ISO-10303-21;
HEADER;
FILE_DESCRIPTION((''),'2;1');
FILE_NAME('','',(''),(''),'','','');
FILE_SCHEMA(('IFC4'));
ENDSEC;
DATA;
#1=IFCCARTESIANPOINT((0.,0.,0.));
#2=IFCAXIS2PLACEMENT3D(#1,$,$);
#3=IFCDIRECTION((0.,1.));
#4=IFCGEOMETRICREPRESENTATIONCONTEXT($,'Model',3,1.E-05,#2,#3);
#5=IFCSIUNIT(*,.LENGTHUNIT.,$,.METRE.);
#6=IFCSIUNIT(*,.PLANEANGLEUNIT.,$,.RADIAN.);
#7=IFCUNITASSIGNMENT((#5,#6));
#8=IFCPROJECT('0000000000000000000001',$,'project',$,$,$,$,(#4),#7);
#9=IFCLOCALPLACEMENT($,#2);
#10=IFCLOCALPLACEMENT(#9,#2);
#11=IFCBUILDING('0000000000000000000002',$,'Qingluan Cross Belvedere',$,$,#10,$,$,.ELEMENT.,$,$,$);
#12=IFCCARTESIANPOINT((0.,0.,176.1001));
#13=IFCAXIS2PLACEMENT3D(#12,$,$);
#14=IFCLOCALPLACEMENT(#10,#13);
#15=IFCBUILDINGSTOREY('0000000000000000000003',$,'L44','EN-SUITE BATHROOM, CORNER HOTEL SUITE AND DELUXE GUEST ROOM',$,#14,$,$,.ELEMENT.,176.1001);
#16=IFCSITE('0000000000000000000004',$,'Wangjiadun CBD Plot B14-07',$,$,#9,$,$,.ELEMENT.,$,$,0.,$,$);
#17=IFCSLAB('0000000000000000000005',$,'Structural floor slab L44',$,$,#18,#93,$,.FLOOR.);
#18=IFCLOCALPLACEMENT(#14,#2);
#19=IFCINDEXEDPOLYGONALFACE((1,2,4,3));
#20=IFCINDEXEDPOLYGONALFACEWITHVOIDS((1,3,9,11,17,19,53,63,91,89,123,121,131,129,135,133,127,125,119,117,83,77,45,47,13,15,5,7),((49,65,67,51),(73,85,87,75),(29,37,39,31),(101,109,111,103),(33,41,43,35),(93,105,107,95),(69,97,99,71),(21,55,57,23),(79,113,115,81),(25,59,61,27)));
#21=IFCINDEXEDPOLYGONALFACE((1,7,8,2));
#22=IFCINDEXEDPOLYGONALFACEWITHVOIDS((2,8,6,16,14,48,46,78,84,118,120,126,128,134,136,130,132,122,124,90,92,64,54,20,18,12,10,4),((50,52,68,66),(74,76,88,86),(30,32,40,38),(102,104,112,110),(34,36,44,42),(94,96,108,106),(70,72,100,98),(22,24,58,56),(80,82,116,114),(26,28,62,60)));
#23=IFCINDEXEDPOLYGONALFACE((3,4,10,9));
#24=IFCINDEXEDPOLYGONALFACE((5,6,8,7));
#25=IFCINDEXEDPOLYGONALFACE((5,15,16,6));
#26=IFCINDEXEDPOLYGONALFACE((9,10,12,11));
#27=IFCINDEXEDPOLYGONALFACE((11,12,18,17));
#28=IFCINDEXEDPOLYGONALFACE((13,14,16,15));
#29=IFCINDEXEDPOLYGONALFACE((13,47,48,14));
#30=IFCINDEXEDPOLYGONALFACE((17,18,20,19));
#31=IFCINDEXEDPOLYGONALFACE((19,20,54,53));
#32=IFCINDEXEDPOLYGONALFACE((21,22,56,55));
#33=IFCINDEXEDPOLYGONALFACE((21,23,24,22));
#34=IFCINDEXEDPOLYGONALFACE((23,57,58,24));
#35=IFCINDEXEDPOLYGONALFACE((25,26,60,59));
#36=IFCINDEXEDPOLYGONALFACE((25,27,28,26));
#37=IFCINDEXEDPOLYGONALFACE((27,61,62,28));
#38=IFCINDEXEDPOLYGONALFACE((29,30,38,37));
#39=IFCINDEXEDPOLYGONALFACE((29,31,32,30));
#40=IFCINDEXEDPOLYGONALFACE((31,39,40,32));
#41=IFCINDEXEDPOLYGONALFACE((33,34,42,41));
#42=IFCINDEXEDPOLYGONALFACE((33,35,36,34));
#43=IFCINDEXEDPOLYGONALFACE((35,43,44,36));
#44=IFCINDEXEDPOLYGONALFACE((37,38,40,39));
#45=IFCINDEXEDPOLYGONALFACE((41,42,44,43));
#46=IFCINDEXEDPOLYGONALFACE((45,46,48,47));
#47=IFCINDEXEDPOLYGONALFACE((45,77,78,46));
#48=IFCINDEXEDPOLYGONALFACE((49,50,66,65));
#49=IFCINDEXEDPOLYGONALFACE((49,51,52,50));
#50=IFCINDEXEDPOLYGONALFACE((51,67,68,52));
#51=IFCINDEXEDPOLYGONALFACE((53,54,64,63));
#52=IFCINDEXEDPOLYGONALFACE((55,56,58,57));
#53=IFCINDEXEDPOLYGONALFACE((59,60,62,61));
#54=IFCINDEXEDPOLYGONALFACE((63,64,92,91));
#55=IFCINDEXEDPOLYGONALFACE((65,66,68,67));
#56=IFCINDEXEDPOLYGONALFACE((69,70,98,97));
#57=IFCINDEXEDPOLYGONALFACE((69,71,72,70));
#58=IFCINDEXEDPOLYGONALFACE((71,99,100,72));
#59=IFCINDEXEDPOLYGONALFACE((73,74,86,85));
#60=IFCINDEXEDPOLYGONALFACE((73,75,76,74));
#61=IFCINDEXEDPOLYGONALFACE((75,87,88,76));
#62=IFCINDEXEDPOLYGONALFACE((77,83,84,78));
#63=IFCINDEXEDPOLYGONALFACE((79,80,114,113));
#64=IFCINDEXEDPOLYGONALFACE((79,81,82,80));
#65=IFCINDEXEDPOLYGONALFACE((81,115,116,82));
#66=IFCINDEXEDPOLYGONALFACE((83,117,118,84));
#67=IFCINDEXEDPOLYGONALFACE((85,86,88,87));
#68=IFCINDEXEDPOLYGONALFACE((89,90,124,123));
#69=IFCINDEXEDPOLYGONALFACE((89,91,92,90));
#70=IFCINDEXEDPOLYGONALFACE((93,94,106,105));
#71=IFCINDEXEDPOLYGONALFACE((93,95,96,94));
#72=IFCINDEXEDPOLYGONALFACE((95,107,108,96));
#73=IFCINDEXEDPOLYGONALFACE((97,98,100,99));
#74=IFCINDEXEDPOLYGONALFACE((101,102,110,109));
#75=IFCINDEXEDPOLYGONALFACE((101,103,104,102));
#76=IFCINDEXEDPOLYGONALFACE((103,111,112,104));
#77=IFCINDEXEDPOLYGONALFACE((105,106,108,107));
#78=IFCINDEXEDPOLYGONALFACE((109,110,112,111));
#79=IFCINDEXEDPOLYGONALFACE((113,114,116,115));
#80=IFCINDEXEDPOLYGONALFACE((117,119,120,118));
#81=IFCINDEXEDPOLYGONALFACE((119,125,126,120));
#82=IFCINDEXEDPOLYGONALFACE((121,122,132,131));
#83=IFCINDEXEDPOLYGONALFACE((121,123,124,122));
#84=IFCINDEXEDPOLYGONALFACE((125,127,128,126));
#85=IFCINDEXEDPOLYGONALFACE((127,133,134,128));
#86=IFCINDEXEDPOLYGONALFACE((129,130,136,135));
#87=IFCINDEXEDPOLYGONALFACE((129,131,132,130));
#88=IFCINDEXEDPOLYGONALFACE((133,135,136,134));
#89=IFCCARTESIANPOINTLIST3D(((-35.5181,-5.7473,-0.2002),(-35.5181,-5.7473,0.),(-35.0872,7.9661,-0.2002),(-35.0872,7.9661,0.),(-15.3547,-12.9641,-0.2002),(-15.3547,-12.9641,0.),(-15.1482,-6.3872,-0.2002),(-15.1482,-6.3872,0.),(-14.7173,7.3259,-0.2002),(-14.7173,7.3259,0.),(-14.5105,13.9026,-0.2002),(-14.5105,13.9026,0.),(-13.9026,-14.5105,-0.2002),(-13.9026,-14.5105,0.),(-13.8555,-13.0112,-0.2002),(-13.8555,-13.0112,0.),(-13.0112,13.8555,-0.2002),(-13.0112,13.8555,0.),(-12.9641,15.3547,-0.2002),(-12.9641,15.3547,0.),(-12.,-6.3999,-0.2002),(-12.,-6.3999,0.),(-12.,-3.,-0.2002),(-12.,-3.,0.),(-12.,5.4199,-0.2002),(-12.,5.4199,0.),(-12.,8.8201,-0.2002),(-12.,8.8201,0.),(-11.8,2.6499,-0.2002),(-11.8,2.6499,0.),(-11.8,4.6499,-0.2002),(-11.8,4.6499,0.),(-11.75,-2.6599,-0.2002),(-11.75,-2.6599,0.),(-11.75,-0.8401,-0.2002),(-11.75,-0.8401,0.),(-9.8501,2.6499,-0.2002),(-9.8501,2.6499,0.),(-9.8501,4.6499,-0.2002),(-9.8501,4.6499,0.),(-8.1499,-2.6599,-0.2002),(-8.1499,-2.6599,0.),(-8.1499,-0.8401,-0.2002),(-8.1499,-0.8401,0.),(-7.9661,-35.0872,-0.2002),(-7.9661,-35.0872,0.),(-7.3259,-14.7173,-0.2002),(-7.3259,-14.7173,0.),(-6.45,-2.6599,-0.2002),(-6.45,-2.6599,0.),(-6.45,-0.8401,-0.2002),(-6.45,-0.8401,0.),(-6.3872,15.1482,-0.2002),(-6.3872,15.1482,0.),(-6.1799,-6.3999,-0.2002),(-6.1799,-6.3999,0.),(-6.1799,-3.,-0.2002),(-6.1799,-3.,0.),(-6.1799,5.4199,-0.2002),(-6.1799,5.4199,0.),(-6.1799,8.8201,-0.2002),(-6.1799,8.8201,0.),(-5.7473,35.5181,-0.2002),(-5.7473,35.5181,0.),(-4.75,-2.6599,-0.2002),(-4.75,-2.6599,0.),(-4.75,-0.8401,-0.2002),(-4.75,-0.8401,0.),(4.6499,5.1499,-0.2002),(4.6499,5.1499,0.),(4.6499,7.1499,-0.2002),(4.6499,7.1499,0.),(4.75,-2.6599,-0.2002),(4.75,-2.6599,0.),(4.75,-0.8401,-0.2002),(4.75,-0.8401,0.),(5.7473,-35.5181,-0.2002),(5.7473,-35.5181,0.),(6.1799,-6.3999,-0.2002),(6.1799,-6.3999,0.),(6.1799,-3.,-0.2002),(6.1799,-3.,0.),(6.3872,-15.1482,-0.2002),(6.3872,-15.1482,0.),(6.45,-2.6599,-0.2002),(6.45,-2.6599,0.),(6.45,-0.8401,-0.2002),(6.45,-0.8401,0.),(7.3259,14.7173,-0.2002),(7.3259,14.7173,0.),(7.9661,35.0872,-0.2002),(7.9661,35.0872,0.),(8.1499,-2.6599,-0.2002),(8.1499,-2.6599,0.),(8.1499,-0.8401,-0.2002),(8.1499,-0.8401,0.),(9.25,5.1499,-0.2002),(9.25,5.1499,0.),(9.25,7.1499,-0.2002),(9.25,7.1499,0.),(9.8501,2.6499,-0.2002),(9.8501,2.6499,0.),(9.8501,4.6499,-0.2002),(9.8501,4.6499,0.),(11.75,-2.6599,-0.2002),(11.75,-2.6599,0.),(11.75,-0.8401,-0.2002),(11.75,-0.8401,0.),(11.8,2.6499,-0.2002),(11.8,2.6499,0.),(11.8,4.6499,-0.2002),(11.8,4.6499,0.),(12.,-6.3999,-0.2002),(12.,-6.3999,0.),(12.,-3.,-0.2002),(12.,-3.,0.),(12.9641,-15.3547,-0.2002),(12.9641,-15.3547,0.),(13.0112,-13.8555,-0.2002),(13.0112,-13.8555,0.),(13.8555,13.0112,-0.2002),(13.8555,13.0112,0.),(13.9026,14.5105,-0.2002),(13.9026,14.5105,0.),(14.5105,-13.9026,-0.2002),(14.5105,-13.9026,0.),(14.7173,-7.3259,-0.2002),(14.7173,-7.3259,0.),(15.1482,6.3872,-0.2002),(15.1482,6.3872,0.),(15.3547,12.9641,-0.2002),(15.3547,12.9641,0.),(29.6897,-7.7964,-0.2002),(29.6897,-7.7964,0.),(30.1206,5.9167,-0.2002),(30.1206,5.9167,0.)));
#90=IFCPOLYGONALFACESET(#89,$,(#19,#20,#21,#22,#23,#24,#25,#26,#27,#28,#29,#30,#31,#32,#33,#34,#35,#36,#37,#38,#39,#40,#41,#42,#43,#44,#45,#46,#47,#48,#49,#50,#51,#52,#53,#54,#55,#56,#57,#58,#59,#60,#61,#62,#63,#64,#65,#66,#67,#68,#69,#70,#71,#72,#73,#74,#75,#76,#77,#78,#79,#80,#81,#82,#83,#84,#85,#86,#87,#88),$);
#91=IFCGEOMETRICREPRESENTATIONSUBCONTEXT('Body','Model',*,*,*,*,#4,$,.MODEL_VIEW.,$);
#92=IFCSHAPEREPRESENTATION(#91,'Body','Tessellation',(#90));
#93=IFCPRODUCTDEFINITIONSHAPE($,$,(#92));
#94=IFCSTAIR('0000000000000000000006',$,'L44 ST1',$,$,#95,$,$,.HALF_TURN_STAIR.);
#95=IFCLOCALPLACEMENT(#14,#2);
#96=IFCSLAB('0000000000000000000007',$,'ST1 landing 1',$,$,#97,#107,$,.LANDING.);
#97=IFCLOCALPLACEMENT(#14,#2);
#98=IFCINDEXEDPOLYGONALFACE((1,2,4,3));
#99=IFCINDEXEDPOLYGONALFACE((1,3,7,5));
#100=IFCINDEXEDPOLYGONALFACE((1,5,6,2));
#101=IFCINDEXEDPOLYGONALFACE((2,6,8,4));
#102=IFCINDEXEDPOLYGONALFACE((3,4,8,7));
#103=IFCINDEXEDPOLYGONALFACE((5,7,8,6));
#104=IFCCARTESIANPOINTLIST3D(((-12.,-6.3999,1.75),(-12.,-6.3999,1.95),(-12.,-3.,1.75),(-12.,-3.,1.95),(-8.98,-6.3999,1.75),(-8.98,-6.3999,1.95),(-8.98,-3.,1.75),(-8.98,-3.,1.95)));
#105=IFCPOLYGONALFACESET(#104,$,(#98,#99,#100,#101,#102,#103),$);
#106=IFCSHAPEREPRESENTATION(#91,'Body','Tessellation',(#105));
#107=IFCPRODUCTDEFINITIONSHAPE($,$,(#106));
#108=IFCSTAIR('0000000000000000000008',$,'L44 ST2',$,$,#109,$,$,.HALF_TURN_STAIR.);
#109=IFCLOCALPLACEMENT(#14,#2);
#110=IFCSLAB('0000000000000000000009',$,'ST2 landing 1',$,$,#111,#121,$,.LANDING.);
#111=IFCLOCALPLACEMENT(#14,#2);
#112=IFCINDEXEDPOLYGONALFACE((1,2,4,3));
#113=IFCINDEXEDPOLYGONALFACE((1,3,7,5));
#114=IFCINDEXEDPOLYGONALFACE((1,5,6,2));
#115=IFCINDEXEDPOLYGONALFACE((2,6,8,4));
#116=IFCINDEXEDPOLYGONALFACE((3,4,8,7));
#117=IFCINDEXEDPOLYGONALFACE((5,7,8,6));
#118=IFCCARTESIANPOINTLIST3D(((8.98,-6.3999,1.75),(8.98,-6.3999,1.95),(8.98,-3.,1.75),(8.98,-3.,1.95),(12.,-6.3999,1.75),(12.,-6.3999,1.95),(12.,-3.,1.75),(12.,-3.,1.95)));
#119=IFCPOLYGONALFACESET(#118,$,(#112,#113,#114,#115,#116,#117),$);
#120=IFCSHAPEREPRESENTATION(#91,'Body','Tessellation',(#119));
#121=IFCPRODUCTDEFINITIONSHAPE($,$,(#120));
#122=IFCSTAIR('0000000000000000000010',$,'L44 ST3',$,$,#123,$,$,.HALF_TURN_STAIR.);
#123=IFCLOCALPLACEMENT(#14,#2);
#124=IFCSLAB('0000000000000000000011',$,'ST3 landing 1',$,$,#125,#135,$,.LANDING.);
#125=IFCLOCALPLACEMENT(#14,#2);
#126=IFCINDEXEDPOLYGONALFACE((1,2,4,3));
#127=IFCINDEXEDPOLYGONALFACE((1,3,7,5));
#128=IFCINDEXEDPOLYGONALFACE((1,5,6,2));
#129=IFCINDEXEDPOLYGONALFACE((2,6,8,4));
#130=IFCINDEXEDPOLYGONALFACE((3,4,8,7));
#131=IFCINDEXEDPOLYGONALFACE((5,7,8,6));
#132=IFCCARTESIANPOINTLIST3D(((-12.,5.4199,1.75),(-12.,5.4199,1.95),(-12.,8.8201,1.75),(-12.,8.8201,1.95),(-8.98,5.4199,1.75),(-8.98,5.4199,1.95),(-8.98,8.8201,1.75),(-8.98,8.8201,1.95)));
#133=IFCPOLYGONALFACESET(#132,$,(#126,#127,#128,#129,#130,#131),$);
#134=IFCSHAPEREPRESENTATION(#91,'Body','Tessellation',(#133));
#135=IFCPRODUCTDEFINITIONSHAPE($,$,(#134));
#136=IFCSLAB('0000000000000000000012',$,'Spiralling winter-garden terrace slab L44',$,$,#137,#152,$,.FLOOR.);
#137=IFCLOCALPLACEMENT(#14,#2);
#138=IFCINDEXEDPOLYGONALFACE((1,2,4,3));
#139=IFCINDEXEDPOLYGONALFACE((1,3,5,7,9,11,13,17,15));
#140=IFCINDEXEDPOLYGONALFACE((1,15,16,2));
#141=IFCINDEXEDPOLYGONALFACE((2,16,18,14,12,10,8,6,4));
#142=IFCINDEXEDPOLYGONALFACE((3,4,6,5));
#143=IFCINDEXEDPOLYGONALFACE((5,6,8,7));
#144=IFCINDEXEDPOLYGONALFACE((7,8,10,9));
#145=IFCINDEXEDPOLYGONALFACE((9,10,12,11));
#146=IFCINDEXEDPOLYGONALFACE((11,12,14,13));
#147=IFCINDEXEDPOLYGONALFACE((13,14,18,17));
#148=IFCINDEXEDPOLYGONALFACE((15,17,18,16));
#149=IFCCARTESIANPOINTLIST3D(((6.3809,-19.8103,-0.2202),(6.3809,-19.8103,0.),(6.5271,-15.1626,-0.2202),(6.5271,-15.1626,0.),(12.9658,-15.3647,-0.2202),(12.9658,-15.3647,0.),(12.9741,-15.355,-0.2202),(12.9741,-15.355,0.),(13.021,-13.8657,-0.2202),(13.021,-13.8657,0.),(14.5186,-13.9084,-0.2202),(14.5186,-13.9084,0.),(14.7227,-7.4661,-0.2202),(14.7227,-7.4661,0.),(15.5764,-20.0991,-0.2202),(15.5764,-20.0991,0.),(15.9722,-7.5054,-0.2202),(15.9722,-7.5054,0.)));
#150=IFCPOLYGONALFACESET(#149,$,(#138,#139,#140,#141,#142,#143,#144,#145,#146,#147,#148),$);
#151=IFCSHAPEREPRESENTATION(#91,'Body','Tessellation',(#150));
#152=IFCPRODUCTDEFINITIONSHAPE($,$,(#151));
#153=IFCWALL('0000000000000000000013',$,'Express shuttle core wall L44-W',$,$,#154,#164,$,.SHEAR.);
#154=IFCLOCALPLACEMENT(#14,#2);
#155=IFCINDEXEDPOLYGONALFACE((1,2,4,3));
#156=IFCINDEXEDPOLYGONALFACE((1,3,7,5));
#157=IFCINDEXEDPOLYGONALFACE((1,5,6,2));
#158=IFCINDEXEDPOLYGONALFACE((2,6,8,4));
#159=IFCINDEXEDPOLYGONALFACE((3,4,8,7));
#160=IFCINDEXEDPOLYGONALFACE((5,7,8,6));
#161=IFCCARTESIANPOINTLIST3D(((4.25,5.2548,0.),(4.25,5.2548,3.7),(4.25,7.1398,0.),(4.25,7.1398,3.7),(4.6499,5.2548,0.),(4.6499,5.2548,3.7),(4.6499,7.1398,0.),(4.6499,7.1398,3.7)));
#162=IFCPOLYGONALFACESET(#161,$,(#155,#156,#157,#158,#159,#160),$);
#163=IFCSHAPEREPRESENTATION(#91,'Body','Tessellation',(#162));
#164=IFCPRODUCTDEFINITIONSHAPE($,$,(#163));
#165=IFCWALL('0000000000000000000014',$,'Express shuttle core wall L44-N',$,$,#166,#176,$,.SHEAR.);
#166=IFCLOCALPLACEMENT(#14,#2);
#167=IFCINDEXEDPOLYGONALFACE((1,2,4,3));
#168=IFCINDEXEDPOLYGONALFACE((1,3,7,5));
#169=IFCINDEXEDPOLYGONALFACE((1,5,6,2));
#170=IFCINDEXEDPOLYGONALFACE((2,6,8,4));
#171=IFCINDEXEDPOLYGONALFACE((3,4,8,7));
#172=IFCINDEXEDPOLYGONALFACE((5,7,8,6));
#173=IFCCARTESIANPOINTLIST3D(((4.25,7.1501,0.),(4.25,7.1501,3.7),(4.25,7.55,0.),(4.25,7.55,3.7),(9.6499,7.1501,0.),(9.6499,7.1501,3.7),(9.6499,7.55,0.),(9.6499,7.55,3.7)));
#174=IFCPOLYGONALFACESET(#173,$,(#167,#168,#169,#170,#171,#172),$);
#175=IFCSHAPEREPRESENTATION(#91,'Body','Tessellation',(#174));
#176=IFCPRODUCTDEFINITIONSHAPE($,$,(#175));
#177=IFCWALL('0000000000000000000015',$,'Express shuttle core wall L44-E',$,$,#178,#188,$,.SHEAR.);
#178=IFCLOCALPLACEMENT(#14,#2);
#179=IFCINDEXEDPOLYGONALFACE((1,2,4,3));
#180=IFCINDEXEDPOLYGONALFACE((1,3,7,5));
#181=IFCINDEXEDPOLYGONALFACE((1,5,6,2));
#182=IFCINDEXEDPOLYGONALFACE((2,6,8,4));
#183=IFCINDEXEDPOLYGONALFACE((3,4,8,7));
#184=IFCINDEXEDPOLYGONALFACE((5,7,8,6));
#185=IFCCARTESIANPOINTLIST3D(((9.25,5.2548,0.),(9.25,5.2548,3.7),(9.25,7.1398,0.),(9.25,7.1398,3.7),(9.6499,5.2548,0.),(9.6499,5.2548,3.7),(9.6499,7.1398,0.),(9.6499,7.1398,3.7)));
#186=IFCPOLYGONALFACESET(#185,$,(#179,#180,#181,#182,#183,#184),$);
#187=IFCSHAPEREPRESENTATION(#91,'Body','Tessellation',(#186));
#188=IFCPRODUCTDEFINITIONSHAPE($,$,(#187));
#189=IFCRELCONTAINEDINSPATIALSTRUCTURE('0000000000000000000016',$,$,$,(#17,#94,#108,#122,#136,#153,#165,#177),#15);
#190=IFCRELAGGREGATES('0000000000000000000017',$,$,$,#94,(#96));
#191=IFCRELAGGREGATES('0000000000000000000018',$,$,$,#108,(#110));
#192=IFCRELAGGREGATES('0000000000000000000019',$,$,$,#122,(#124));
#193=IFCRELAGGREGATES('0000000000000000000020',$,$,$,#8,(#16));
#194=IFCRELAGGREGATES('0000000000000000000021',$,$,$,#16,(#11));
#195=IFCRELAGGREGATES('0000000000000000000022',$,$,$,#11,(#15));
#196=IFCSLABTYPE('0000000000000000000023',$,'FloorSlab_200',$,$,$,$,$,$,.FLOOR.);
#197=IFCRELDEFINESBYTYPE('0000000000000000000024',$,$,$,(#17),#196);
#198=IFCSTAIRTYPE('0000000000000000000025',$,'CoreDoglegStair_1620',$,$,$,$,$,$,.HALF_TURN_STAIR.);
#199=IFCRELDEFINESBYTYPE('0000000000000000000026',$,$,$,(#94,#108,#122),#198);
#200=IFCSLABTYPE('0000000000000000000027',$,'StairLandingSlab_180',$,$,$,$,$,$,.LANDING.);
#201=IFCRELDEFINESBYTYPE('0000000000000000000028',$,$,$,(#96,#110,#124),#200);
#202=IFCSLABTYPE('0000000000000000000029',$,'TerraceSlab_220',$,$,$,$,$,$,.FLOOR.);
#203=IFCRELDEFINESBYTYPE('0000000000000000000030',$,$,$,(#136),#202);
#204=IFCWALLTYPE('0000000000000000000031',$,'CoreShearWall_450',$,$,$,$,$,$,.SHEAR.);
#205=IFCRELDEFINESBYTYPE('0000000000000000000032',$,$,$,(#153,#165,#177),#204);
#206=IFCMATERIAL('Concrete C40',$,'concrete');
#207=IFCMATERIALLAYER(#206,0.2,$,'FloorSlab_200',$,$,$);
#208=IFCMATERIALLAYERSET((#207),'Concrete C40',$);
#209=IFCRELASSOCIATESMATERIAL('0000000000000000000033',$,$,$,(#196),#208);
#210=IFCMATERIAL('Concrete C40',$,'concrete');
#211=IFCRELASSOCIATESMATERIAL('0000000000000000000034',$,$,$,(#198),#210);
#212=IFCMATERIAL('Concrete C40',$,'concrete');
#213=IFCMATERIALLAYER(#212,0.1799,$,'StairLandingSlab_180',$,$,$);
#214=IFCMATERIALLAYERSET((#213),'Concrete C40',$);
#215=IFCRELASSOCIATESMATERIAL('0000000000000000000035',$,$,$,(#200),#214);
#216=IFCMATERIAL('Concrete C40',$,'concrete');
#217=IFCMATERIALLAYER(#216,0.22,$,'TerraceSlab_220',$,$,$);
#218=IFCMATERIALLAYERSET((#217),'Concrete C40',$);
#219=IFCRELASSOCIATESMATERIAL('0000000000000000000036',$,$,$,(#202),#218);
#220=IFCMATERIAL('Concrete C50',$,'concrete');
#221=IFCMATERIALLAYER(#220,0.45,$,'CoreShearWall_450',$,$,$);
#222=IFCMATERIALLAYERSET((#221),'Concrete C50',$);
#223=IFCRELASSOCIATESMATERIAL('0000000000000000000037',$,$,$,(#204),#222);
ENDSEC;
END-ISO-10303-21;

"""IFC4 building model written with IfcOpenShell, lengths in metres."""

from ifc_helpers import new_model, si_unit, direction, frame, frame_2d, origin, place, context, subcontext, project, spatial, polyline, rectangle, outline, extrude, material, layer, layer_set, type_object, element, aggregate, save


model = new_model("IFC4")

# Units and contexts
model_context = context("Model", 3, precision=1e-05, world=origin(), true_north=direction((0.0, 1.0)))
body_context = subcontext(model_context, "Body", "Model", "MODEL_VIEW")
ifc_project = project(units=[si_unit("LENGTHUNIT", "METRE"), si_unit("PLANEANGLEUNIT", "RADIAN")], contexts=[model_context])

# Site, building, storey
site_placement = place(None, origin())
site = spatial("IfcSite", under=ifc_project, at=site_placement, Name="Wangjiadun CBD Plot B14-07", CompositionType="ELEMENT", RefElevation=0.0)
building_placement = place(site_placement, origin())
building = spatial("IfcBuilding", under=site, at=building_placement, Name="Qingluan Cross Belvedere", CompositionType="ELEMENT")
storey_placement = place(building_placement, frame((0.0, 0.0, 176.1001)))
storey = spatial("IfcBuildingStorey", under=building, at=storey_placement, Name="L44", Description="EN-SUITE BATHROOM, CORNER HOTEL SUITE AND DELUXE GUEST ROOM", CompositionType="ELEMENT", Elevation=176.1001)

# Slab
ifc_material_1 = material(Name="Concrete C40", Category="concrete")
ifc_layer_1 = layer(ifc_material_1, 0.2, Name="FloorSlab_200")
ifc_layer_set_1 = layer_set([ifc_layer_1], Name="Concrete C40")
slab_type_1 = type_object("IfcSlabType", Name="FloorSlab_200", PredefinedType="FLOOR", material=ifc_layer_set_1)
slab_1_placement = place(storey_placement, frame((0.0, 0.0, -0.2002)))
element("IfcSlab", 1, at=slab_1_placement, inside=storey, type_object=slab_type_1, Name="Structural floor slab L44", PredefinedType="FLOOR", context=body_context, shape_type="SweptSolid", body=[
    extrude(outline(polyline([(5.7473, -35.5181), (6.3872, -15.1482), (12.9641, -15.3547), (13.0112, -13.8555), (14.5105, -13.9026), (14.7173, -7.3259), (29.6897, -7.7964), (30.1206, 5.9167), (15.1482, 6.3872), (15.3547, 12.9641), (13.8555, 13.0112), (13.9026, 14.5105), (7.3259, 14.7173), (7.9661, 35.0872), (-5.7473, 35.5181), (-6.3872, 15.1482), (-12.9641, 15.3547), (-13.0112, 13.8555), (-14.5105, 13.9026), (-14.7173, 7.3259), (-35.0872, 7.9661), (-35.5181, -5.7473), (-15.1482, -6.3872), (-15.3547, -12.9641), (-13.8555, -13.0112), (-13.9026, -14.5105), (-7.3259, -14.7173), (-7.9661, -35.0872), (5.7473, -35.5181)]), holes=[polyline([(-12.0, -3.0), (-6.1799, -3.0), (-6.1799, -6.3999), (-12.0, -6.3999), (-12.0, -3.0)]), polyline([(6.1799, -3.0), (12.0, -3.0), (12.0, -6.3999), (6.1799, -6.3999), (6.1799, -3.0)]), polyline([(-12.0, 8.8201), (-6.1799, 8.8201), (-6.1799, 5.4199), (-12.0, 5.4199), (-12.0, 8.8201)]), polyline([(-11.8, 4.6499), (-9.8501, 4.6499), (-9.8501, 2.6499), (-11.8, 2.6499), (-11.8, 4.6499)]), polyline([(9.8501, 4.6499), (11.8, 4.6499), (11.8, 2.6499), (9.8501, 2.6499), (9.8501, 4.6499)]), polyline([(-11.75, -0.8401), (-8.1499, -0.8401), (-8.1499, -2.6599), (-11.75, -2.6599), (-11.75, -0.8401)]), polyline([(-6.45, -0.8401), (-4.75, -0.8401), (-4.75, -2.6599), (-6.45, -2.6599), (-6.45, -0.8401)]), polyline([(4.75, -0.8401), (6.45, -0.8401), (6.45, -2.6599), (4.75, -2.6599), (4.75, -0.8401)]), polyline([(8.1499, -0.8401), (11.75, -0.8401), (11.75, -2.6599), (8.1499, -2.6599), (8.1499, -0.8401)]), polyline([(4.6499, 7.1499), (9.25, 7.1499), (9.25, 5.1499), (4.6499, 5.1499), (4.6499, 7.1499)])]), origin(), (0.0, 0.0, 1.0), 0.2002),
])

# Stairs, slabs
ifc_material_2 = material(Name="Concrete C40", Category="concrete")
stair_type = type_object("IfcStairType", Name="CoreDoglegStair_1620", PredefinedType="HALF_TURN_STAIR", material=ifc_material_2)
stair_1_placement = place(storey_placement, origin())
stair_1 = element("IfcStair", 2, at=stair_1_placement, inside=storey, type_object=stair_type, Name="L44 ST1", PredefinedType="HALF_TURN_STAIR")
ifc_material_3 = material(Name="Concrete C40", Category="concrete")
ifc_layer_2 = layer(ifc_material_3, 0.1799, Name="StairLandingSlab_180")
ifc_layer_set_2 = layer_set([ifc_layer_2], Name="Concrete C40")
slab_type_2 = type_object("IfcSlabType", Name="StairLandingSlab_180", PredefinedType="LANDING", material=ifc_layer_set_2)
slab_2_placement = place(storey_placement, frame((0.0, 0.0, 1.75)))
slab_2 = element("IfcSlab", 3, at=slab_2_placement, type_object=slab_type_2, Name="ST1 landing 1", PredefinedType="LANDING", context=body_context, shape_type="SweptSolid", body=[
    extrude(outline(polyline([(-8.98, -3.0), (-12.0, -3.0), (-12.0, -6.3999), (-8.98, -6.3999), (-8.98, -3.0)])), origin(), (0.0, 0.0, 1.0), 0.2),
])
aggregate(stair_1, [slab_2])
stair_2_placement = place(storey_placement, origin())
stair_2 = element("IfcStair", 4, at=stair_2_placement, inside=storey, type_object=stair_type, Name="L44 ST2", PredefinedType="HALF_TURN_STAIR")
slab_3_placement = place(storey_placement, frame((0.0, 0.0, 1.75)))
slab_3 = element("IfcSlab", 5, at=slab_3_placement, type_object=slab_type_2, Name="ST2 landing 1", PredefinedType="LANDING", context=body_context, shape_type="SweptSolid", body=[
    extrude(outline(polyline([(8.98, -6.3999), (12.0, -6.3999), (12.0, -3.0), (8.98, -3.0), (8.98, -6.3999)])), origin(), (0.0, 0.0, 1.0), 0.2),
])
aggregate(stair_2, [slab_3])
stair_3_placement = place(storey_placement, origin())
stair_3 = element("IfcStair", 6, at=stair_3_placement, inside=storey, type_object=stair_type, Name="L44 ST3", PredefinedType="HALF_TURN_STAIR")
slab_4_placement = place(storey_placement, frame((0.0, 0.0, 1.75)))
slab_4 = element("IfcSlab", 7, at=slab_4_placement, type_object=slab_type_2, Name="ST3 landing 1", PredefinedType="LANDING", context=body_context, shape_type="SweptSolid", body=[
    extrude(outline(polyline([(-8.98, 8.8201), (-12.0, 8.8201), (-12.0, 5.4199), (-8.98, 5.4199), (-8.98, 8.8201)])), origin(), (0.0, 0.0, 1.0), 0.2),
])
aggregate(stair_3, [slab_4])

# Slab
ifc_material_4 = material(Name="Concrete C40", Category="concrete")
ifc_layer_3 = layer(ifc_material_4, 0.22, Name="TerraceSlab_220")
ifc_layer_set_3 = layer_set([ifc_layer_3], Name="Concrete C40")
slab_type_3 = type_object("IfcSlabType", Name="TerraceSlab_220", PredefinedType="FLOOR", material=ifc_layer_set_3)
slab_5_placement = place(storey_placement, frame((0.0, 0.0, -0.2202)))
element("IfcSlab", 8, at=slab_5_placement, inside=storey, type_object=slab_type_3, Name="Spiralling winter-garden terrace slab L44", PredefinedType="FLOOR", context=body_context, shape_type="SweptSolid", body=[
    extrude(outline(polyline([(14.7227, -7.4661), (14.5186, -13.9084), (13.021, -13.8657), (12.9741, -15.355), (12.9658, -15.3647), (6.5271, -15.1626), (6.3809, -19.8103), (15.5764, -20.0991), (15.9722, -7.5054), (14.7227, -7.4661)])), origin(), (0.0, 0.0, 1.0), 0.2202),
])

# Walls
ifc_material_5 = material(Name="Concrete C50", Category="concrete")
ifc_layer_4 = layer(ifc_material_5, 0.45, Name="CoreShearWall_450")
ifc_layer_set_4 = layer_set([ifc_layer_4], Name="Concrete C50")
wall_type_1 = type_object("IfcWallType", Name="CoreShearWall_450", PredefinedType="SHEAR", material=ifc_layer_set_4)
wall_1_placement = place(storey_placement, frame((4.45, 5.2549, 0.0), z_axis=(0.0, 0.0, 1.0), x_axis=(0.0, 1.0, 0.0)))
element("IfcWall", 9, at=wall_1_placement, inside=storey, type_object=wall_type_1, Name="Express shuttle core wall L44-W", PredefinedType="SHEAR", context=body_context, shape_type="SweptSolid", body=[
    extrude(rectangle(XDim=1.885, YDim=0.3999, at=frame_2d((0.9424, 0.0))), origin(), (0.0, 0.0, 1.0), 3.7),
])
wall_2_placement = place(storey_placement, frame((4.25, 7.3501, 0.0), z_axis=(0.0, 0.0, 1.0), x_axis=(1.0, 0.0, 0.0)))
element("IfcWall", 10, at=wall_2_placement, inside=storey, type_object=wall_type_1, Name="Express shuttle core wall L44-N", PredefinedType="SHEAR", context=body_context, shape_type="SweptSolid", body=[
    extrude(rectangle(XDim=5.3999, YDim=0.3999, at=frame_2d((2.7, 0.0))), origin(), (0.0, 0.0, 1.0), 3.7),
])
wall_3_placement = place(storey_placement, frame((9.45, 5.2549, 0.0), z_axis=(0.0, 0.0, 1.0), x_axis=(0.0, 1.0, 0.0)))
element("IfcWall", 11, at=wall_3_placement, inside=storey, type_object=wall_type_1, Name="Express shuttle core wall L44-E", PredefinedType="SHEAR", context=body_context, shape_type="SweptSolid", body=[
    extrude(rectangle(XDim=1.885, YDim=0.3999, at=frame_2d((0.9424, 0.0))), origin(), (0.0, 0.0, 1.0), 3.7),
])

save(model, "model.ifc")
